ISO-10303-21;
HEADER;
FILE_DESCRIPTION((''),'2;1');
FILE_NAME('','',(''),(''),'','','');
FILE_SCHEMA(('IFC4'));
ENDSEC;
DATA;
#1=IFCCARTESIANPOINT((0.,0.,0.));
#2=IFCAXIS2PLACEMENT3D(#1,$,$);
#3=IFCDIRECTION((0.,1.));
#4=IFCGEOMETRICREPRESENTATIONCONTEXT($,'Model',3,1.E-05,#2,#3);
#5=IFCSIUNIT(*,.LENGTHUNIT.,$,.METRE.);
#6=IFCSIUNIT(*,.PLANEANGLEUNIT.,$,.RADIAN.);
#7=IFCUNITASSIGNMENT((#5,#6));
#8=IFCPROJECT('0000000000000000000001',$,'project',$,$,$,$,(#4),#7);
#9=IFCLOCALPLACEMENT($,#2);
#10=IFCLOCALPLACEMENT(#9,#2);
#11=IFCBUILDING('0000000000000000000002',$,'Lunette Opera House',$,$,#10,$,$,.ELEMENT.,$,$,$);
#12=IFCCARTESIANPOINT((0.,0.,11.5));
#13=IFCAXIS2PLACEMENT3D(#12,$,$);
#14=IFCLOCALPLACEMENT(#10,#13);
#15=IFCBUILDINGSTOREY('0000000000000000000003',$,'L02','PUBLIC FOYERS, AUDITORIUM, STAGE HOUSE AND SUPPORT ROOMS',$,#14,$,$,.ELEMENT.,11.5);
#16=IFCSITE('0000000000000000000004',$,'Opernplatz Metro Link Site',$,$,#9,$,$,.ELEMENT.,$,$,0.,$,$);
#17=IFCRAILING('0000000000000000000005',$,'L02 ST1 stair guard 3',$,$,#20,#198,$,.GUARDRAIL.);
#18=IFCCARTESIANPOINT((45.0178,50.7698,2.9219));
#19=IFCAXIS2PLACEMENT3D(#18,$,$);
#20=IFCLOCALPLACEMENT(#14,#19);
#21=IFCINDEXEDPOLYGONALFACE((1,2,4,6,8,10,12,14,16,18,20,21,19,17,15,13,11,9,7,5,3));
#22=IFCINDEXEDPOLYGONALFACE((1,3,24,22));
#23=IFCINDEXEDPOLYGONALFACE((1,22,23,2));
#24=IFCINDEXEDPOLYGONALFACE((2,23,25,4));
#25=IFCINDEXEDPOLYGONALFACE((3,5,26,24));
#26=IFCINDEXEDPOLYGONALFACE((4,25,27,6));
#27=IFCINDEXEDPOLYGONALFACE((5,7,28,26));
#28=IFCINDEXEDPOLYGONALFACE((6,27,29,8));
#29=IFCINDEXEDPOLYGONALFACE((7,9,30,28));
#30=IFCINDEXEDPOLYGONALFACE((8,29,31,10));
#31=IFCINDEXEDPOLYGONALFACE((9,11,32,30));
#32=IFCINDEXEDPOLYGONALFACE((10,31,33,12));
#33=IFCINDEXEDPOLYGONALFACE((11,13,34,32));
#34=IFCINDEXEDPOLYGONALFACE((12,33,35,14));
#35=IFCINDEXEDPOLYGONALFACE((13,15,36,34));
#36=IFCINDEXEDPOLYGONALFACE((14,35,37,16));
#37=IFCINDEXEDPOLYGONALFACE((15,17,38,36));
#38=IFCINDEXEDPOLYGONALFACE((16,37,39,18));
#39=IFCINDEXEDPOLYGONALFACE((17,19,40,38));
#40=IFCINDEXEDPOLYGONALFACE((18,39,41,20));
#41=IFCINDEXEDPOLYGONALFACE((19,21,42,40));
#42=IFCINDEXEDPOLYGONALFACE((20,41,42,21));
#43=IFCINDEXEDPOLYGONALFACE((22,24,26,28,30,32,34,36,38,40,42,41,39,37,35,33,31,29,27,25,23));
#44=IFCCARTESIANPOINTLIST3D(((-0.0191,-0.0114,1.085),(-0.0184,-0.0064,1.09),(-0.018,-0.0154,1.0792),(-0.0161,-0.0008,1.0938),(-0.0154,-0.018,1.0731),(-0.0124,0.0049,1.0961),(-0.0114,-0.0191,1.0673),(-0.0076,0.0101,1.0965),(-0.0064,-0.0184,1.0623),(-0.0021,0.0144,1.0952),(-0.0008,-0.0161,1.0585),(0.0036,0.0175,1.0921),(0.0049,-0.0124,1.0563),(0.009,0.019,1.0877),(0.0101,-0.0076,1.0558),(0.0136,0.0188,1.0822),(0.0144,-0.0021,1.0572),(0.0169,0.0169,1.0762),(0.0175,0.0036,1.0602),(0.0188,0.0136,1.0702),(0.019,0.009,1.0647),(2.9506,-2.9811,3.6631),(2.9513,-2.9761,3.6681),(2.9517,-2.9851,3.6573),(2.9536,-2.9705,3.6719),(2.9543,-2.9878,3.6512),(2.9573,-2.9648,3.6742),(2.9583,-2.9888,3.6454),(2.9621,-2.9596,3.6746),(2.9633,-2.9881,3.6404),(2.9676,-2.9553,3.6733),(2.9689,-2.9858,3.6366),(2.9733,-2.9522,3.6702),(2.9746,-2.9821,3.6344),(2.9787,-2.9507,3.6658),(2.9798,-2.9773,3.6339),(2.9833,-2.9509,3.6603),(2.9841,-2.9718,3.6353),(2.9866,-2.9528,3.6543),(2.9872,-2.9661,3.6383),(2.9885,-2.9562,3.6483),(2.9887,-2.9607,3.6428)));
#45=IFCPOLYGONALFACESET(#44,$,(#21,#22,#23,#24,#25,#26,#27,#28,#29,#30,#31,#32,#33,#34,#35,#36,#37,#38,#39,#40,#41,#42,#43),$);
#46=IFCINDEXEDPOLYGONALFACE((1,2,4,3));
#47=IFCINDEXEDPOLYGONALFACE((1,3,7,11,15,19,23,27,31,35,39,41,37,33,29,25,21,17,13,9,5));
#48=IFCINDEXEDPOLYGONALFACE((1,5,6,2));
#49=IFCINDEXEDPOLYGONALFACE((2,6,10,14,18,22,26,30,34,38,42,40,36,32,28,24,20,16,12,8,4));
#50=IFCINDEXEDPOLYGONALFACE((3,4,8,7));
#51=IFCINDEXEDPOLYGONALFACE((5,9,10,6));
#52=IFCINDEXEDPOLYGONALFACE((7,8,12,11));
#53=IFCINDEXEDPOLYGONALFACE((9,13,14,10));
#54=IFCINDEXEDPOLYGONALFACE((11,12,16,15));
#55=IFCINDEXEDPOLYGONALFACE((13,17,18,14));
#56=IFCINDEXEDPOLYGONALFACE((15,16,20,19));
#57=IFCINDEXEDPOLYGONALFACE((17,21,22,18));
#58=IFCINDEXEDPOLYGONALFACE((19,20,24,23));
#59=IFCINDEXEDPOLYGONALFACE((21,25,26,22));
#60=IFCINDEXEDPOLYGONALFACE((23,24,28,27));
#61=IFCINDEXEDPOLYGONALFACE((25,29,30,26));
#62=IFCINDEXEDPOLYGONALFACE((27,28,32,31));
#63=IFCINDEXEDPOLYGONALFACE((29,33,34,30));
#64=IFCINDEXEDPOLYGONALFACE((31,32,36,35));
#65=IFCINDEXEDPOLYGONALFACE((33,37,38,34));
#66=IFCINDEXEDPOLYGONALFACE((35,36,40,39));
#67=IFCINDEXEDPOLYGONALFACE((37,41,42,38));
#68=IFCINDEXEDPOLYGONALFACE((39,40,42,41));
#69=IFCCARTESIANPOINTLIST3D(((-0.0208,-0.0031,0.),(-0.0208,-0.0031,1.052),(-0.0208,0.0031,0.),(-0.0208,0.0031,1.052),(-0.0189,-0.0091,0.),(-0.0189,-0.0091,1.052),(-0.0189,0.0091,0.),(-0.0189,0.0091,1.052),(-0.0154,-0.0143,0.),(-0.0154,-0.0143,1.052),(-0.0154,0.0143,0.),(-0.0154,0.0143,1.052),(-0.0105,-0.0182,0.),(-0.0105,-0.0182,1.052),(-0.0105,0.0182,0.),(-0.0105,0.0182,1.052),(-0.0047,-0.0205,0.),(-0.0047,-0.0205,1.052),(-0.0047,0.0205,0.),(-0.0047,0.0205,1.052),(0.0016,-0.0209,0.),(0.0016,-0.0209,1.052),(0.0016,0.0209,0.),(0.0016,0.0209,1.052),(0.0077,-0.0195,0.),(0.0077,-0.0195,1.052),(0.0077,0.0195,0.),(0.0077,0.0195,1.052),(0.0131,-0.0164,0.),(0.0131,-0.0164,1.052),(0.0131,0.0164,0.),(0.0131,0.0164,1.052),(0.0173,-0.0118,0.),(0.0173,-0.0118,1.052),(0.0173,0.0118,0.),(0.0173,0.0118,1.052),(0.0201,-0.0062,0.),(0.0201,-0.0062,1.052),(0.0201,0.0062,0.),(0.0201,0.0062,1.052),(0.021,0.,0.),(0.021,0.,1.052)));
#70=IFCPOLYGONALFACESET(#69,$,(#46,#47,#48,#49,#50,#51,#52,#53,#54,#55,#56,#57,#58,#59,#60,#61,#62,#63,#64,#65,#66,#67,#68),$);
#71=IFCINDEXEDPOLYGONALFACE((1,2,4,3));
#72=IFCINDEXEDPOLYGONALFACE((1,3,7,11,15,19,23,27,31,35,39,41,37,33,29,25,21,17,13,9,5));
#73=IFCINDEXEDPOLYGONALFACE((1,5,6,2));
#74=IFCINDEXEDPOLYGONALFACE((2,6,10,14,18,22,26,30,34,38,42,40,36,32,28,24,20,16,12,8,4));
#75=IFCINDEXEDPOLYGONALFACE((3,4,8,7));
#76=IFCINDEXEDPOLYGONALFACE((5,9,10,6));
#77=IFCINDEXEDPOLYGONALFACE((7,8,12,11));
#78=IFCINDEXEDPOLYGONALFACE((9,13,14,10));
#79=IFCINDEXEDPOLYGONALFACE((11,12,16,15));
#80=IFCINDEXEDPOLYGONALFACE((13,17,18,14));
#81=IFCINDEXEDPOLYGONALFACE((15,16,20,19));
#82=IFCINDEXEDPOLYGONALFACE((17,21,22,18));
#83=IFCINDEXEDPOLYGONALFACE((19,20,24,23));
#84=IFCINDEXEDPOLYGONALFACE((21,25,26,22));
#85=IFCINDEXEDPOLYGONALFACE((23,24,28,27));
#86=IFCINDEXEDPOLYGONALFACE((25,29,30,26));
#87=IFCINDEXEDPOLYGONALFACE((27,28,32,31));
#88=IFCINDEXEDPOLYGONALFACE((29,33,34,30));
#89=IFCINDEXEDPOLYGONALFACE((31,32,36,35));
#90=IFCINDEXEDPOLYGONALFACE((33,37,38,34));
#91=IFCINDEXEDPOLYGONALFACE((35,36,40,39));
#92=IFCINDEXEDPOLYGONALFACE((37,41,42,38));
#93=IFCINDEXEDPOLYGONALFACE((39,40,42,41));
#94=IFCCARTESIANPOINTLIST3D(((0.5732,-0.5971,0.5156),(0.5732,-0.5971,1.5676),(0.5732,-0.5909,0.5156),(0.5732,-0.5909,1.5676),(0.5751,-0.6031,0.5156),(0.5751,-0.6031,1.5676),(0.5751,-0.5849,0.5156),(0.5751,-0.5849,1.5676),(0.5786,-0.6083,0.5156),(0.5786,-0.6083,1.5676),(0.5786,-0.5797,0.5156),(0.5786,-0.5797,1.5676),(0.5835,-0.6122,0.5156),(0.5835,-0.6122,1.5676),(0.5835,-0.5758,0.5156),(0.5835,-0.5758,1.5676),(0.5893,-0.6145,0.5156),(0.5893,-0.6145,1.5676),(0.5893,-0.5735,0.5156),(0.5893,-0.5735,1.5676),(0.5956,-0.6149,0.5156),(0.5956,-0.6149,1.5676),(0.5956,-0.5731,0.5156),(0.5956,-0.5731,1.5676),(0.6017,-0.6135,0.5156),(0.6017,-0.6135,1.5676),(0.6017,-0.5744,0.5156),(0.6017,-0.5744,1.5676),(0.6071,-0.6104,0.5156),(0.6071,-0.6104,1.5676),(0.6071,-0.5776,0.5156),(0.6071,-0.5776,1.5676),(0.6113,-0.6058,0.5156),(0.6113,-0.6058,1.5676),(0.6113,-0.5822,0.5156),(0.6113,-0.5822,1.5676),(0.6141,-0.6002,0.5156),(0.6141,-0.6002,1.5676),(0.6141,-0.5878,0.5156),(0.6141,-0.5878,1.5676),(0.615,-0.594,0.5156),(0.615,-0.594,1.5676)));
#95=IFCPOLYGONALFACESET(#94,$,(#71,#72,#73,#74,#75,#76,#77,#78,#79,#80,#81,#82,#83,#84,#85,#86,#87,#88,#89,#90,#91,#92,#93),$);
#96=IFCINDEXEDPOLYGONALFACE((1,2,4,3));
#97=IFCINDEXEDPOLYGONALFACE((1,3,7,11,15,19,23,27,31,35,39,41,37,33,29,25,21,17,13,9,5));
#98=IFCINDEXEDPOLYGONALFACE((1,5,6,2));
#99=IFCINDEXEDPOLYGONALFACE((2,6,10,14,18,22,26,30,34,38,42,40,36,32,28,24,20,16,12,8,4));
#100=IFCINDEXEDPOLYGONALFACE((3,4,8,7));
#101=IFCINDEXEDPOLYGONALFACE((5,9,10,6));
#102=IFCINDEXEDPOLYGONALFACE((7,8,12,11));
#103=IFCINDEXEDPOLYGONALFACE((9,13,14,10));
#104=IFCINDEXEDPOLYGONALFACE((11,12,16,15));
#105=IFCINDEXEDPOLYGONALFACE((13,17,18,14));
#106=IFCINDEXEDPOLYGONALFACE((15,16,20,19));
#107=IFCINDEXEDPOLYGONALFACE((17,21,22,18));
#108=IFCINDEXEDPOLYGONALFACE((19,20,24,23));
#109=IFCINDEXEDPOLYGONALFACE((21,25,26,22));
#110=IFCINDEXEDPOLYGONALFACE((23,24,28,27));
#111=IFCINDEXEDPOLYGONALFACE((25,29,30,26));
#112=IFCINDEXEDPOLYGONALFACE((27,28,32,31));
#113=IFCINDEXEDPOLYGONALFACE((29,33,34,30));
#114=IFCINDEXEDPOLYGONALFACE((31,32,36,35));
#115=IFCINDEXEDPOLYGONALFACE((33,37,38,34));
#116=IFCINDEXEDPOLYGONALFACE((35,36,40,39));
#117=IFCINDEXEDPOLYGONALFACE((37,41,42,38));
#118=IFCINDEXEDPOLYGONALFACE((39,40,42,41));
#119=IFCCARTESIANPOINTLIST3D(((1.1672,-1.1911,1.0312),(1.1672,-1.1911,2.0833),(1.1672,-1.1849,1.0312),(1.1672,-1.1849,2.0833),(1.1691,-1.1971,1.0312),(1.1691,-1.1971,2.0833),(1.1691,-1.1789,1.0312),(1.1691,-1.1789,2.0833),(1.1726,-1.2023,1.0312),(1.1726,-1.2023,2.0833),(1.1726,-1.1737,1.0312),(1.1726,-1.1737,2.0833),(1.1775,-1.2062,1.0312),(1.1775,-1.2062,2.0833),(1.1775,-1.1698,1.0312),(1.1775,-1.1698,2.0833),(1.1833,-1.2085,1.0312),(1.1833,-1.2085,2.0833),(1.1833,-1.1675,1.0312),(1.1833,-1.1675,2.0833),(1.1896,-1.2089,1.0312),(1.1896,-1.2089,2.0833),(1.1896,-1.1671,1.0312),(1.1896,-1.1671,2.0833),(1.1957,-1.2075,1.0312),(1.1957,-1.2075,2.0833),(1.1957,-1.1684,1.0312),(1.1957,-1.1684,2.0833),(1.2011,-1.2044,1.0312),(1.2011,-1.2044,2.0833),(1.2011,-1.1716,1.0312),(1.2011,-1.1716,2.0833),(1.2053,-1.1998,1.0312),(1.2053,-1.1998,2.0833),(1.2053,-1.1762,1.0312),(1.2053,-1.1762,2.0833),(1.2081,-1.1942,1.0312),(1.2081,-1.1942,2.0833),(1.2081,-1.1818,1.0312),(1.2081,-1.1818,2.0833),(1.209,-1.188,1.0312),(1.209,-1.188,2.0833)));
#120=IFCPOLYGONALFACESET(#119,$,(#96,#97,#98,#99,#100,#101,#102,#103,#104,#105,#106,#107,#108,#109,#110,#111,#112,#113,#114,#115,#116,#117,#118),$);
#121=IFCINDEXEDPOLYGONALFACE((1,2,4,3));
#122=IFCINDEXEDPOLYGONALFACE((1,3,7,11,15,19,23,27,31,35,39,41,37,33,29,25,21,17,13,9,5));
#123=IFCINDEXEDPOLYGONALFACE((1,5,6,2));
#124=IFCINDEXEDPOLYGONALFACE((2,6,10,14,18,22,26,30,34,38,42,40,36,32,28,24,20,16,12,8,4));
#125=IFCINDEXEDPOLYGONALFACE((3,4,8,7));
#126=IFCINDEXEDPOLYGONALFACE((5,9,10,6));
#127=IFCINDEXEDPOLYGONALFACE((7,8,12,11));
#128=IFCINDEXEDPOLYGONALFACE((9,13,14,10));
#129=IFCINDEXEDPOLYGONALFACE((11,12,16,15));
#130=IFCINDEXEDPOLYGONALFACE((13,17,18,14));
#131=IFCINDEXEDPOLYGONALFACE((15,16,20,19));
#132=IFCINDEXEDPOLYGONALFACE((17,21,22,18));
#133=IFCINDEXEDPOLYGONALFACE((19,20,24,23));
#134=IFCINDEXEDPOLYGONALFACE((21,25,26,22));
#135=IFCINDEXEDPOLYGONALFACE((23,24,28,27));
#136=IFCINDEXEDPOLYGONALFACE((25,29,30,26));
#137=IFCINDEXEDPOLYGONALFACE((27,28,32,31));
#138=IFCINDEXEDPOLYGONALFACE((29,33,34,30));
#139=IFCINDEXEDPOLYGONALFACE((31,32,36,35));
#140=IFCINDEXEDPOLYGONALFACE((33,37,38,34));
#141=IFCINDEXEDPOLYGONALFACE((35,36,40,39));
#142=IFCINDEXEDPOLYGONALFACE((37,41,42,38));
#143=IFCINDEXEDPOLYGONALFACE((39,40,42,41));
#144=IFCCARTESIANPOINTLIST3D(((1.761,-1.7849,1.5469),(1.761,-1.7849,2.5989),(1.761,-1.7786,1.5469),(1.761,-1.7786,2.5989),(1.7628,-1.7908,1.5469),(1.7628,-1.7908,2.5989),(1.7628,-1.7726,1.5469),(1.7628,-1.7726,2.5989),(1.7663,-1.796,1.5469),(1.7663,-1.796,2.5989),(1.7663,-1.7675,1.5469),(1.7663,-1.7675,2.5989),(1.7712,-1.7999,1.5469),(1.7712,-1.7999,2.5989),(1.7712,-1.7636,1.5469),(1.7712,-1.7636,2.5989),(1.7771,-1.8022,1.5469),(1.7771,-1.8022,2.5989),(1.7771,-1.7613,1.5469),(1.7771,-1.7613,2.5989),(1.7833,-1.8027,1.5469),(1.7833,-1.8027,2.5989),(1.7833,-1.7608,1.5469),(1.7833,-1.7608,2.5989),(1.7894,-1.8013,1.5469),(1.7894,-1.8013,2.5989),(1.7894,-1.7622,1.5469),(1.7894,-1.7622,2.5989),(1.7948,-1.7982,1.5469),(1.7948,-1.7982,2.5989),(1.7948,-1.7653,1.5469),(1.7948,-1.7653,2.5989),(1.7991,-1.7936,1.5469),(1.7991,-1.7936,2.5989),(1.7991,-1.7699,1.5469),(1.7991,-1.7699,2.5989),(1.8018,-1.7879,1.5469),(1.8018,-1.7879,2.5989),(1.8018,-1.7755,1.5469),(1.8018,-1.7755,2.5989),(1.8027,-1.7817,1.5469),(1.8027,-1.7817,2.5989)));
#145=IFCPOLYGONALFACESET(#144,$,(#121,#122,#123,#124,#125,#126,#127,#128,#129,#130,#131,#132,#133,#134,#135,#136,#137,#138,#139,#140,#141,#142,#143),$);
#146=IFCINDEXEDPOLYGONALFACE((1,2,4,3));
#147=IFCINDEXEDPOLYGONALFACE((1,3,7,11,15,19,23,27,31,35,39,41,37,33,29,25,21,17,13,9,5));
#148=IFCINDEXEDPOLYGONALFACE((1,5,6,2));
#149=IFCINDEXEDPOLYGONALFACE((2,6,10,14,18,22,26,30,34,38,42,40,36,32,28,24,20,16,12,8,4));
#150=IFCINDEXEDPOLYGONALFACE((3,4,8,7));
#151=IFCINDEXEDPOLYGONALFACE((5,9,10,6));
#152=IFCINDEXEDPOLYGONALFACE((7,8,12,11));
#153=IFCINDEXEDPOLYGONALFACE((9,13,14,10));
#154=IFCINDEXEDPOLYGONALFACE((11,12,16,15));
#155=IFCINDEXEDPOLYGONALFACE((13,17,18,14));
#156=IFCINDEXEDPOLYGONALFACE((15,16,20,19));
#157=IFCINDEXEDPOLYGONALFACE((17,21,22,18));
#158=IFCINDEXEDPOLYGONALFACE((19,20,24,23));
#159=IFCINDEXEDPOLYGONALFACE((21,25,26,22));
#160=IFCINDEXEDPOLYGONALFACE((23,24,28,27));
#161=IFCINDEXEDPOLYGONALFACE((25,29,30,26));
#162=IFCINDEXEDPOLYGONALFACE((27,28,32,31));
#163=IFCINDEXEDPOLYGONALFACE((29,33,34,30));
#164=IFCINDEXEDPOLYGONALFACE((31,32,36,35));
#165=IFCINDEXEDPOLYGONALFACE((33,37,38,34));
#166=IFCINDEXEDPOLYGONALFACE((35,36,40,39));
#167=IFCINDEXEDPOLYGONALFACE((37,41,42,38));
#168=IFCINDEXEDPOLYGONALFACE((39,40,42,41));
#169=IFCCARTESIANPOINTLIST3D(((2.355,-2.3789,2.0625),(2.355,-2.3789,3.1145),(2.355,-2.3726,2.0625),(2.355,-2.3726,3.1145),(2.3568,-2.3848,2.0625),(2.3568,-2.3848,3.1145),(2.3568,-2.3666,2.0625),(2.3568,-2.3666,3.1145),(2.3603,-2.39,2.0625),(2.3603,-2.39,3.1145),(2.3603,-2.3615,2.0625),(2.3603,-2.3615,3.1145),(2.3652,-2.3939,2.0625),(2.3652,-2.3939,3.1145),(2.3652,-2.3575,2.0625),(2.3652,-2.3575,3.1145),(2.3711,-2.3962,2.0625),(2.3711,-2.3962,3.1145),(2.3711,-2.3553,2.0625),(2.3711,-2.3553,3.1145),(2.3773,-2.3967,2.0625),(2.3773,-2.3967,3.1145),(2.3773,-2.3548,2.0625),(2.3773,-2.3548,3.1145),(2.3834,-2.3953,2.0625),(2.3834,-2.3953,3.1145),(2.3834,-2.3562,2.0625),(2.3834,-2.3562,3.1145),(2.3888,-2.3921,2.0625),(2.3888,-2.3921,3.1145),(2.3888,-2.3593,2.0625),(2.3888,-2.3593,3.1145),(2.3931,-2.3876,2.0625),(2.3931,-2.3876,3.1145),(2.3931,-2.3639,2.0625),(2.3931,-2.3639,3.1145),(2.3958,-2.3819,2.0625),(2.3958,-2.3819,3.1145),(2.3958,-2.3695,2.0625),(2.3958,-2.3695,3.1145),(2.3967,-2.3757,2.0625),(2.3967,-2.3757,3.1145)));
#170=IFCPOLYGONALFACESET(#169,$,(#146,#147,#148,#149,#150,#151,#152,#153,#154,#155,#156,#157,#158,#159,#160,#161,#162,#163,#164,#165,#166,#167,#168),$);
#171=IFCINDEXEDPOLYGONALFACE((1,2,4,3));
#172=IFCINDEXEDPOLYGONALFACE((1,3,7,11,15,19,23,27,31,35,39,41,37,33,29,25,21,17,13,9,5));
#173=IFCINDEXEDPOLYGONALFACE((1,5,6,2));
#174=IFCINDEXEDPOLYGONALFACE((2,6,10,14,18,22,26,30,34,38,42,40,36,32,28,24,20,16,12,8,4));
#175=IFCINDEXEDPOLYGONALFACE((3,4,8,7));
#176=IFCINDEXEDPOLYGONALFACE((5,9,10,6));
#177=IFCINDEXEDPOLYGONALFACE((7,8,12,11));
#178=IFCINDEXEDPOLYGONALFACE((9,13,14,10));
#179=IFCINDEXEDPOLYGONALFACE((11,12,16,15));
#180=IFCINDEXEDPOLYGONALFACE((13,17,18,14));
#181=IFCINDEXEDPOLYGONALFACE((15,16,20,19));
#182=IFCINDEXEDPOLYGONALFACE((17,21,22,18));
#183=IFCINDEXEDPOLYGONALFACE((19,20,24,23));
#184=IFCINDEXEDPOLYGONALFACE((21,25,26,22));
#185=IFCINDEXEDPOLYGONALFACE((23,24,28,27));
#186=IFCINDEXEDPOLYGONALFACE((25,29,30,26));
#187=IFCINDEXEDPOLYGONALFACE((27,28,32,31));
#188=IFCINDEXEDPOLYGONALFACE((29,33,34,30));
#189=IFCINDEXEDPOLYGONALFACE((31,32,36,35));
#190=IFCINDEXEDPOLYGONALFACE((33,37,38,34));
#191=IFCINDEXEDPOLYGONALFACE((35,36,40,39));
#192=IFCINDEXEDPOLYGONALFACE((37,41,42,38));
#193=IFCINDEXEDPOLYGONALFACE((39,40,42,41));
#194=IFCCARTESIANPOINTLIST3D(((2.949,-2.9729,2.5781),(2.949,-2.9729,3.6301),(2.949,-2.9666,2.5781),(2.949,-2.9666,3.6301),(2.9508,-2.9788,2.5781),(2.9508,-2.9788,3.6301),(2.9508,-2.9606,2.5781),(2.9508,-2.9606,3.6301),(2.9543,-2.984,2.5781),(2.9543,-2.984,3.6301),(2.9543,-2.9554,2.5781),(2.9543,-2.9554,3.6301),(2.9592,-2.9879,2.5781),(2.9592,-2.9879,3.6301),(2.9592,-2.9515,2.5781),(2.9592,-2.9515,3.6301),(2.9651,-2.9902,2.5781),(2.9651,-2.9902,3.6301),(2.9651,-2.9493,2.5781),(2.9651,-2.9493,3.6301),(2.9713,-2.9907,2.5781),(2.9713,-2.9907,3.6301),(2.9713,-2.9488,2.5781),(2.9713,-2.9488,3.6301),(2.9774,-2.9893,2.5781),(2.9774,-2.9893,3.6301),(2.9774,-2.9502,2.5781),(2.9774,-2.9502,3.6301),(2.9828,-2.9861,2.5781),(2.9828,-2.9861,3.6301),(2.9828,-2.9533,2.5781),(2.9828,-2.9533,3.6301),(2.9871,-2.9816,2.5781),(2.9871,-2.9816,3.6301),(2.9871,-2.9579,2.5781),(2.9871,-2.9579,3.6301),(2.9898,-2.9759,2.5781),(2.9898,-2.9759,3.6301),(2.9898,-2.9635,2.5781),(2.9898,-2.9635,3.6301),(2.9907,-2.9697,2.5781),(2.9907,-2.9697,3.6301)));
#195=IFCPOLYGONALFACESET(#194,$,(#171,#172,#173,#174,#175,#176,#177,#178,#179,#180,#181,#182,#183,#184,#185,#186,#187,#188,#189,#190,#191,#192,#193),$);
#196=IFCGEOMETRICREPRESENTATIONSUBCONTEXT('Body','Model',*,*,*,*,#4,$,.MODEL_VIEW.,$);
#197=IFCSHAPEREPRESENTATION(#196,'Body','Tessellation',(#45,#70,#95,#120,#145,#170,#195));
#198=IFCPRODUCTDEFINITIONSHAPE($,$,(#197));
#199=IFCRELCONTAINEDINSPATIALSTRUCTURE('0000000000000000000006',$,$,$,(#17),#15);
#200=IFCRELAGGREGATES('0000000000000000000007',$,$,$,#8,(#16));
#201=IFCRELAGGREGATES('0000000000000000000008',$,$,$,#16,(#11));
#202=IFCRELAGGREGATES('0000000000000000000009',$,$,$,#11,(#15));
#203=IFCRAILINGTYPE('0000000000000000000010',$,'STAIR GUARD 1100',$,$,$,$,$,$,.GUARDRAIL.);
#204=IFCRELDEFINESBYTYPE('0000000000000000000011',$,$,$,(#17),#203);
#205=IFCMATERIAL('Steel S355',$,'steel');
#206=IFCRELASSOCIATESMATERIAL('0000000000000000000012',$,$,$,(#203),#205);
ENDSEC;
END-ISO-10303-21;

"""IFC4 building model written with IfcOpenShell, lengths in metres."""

from ifc_helpers import new_model, si_unit, direction, frame, origin, origin_2d, place, context, subcontext, project, spatial, circle, extrude, material, type_object, element, save


model = new_model("IFC4")

# Units and contexts
model_context = context("Model", 3, precision=1e-05, world=origin(), true_north=direction((0.0, 1.0)))
body_context = subcontext(model_context, "Body", "Model", "MODEL_VIEW")
ifc_project = project(units=[si_unit("LENGTHUNIT", "METRE"), si_unit("PLANEANGLEUNIT", "RADIAN")], contexts=[model_context])

# Site, building, storey
site_placement = place(None, origin())
site = spatial("IfcSite", under=ifc_project, at=site_placement, Name="Opernplatz Metro Link Site", CompositionType="ELEMENT", RefElevation=0.0)
building_placement = place(site_placement, origin())
building = spatial("IfcBuilding", under=site, at=building_placement, Name="Lunette Opera House", CompositionType="ELEMENT")
storey_placement = place(building_placement, frame((0.0, 0.0, 11.5)))
storey = spatial("IfcBuildingStorey", under=building, at=storey_placement, Name="L02", Description="PUBLIC FOYERS, AUDITORIUM, STAGE HOUSE AND SUPPORT ROOMS", CompositionType="ELEMENT", Elevation=11.5)

# Railing
ifc_material_1 = material(Name="Steel S355", Category="steel")
railing_type_1 = type_object("IfcRailingType", Name="STAIR GUARD 1100", PredefinedType="GUARDRAIL", material=ifc_material_1)
railing_1_placement = place(storey_placement, frame((45.0178, 50.7698, 2.9219)))
element("IfcRailing", 1, at=railing_1_placement, inside=storey, type_object=railing_type_1, Name="L02 ST1 stair guard 3", PredefinedType="GUARDRAIL", context=body_context, shape_type="SweptSolid", body=[
    extrude(circle(Radius=0.0239, at=origin_2d()), frame((0.0, 0.0, 1.0762), z_axis=(0.602622, -0.602622, 0.523157), x_axis=(0.707107, 0.707107, 0.0)), (0.0, 0.0, 1.0), 4.928),
    extrude(circle(Radius=0.021, at=origin_2d()), origin(), (0.0, 0.0, 1.0), 1.052),
    extrude(circle(Radius=0.021, at=origin_2d()), frame((0.594, -0.594, 0.5156)), (0.0, 0.0, 1.0), 1.052),
    extrude(circle(Radius=0.021, at=origin_2d()), frame((1.188, -1.188, 1.0312)), (0.0, 0.0, 1.0), 1.052),
    extrude(circle(Radius=0.021, at=origin_2d()), frame((1.7817, -1.7817, 1.5469)), (0.0, 0.0, 1.0), 1.052),
    extrude(circle(Radius=0.021, at=origin_2d()), frame((2.3757, -2.3757, 2.0625)), (0.0, 0.0, 1.0), 1.052),
    extrude(circle(Radius=0.021, at=origin_2d()), frame((2.9697, -2.9697, 2.5781)), (0.0, 0.0, 1.0), 1.052),
])

save(model, "model.ifc")
